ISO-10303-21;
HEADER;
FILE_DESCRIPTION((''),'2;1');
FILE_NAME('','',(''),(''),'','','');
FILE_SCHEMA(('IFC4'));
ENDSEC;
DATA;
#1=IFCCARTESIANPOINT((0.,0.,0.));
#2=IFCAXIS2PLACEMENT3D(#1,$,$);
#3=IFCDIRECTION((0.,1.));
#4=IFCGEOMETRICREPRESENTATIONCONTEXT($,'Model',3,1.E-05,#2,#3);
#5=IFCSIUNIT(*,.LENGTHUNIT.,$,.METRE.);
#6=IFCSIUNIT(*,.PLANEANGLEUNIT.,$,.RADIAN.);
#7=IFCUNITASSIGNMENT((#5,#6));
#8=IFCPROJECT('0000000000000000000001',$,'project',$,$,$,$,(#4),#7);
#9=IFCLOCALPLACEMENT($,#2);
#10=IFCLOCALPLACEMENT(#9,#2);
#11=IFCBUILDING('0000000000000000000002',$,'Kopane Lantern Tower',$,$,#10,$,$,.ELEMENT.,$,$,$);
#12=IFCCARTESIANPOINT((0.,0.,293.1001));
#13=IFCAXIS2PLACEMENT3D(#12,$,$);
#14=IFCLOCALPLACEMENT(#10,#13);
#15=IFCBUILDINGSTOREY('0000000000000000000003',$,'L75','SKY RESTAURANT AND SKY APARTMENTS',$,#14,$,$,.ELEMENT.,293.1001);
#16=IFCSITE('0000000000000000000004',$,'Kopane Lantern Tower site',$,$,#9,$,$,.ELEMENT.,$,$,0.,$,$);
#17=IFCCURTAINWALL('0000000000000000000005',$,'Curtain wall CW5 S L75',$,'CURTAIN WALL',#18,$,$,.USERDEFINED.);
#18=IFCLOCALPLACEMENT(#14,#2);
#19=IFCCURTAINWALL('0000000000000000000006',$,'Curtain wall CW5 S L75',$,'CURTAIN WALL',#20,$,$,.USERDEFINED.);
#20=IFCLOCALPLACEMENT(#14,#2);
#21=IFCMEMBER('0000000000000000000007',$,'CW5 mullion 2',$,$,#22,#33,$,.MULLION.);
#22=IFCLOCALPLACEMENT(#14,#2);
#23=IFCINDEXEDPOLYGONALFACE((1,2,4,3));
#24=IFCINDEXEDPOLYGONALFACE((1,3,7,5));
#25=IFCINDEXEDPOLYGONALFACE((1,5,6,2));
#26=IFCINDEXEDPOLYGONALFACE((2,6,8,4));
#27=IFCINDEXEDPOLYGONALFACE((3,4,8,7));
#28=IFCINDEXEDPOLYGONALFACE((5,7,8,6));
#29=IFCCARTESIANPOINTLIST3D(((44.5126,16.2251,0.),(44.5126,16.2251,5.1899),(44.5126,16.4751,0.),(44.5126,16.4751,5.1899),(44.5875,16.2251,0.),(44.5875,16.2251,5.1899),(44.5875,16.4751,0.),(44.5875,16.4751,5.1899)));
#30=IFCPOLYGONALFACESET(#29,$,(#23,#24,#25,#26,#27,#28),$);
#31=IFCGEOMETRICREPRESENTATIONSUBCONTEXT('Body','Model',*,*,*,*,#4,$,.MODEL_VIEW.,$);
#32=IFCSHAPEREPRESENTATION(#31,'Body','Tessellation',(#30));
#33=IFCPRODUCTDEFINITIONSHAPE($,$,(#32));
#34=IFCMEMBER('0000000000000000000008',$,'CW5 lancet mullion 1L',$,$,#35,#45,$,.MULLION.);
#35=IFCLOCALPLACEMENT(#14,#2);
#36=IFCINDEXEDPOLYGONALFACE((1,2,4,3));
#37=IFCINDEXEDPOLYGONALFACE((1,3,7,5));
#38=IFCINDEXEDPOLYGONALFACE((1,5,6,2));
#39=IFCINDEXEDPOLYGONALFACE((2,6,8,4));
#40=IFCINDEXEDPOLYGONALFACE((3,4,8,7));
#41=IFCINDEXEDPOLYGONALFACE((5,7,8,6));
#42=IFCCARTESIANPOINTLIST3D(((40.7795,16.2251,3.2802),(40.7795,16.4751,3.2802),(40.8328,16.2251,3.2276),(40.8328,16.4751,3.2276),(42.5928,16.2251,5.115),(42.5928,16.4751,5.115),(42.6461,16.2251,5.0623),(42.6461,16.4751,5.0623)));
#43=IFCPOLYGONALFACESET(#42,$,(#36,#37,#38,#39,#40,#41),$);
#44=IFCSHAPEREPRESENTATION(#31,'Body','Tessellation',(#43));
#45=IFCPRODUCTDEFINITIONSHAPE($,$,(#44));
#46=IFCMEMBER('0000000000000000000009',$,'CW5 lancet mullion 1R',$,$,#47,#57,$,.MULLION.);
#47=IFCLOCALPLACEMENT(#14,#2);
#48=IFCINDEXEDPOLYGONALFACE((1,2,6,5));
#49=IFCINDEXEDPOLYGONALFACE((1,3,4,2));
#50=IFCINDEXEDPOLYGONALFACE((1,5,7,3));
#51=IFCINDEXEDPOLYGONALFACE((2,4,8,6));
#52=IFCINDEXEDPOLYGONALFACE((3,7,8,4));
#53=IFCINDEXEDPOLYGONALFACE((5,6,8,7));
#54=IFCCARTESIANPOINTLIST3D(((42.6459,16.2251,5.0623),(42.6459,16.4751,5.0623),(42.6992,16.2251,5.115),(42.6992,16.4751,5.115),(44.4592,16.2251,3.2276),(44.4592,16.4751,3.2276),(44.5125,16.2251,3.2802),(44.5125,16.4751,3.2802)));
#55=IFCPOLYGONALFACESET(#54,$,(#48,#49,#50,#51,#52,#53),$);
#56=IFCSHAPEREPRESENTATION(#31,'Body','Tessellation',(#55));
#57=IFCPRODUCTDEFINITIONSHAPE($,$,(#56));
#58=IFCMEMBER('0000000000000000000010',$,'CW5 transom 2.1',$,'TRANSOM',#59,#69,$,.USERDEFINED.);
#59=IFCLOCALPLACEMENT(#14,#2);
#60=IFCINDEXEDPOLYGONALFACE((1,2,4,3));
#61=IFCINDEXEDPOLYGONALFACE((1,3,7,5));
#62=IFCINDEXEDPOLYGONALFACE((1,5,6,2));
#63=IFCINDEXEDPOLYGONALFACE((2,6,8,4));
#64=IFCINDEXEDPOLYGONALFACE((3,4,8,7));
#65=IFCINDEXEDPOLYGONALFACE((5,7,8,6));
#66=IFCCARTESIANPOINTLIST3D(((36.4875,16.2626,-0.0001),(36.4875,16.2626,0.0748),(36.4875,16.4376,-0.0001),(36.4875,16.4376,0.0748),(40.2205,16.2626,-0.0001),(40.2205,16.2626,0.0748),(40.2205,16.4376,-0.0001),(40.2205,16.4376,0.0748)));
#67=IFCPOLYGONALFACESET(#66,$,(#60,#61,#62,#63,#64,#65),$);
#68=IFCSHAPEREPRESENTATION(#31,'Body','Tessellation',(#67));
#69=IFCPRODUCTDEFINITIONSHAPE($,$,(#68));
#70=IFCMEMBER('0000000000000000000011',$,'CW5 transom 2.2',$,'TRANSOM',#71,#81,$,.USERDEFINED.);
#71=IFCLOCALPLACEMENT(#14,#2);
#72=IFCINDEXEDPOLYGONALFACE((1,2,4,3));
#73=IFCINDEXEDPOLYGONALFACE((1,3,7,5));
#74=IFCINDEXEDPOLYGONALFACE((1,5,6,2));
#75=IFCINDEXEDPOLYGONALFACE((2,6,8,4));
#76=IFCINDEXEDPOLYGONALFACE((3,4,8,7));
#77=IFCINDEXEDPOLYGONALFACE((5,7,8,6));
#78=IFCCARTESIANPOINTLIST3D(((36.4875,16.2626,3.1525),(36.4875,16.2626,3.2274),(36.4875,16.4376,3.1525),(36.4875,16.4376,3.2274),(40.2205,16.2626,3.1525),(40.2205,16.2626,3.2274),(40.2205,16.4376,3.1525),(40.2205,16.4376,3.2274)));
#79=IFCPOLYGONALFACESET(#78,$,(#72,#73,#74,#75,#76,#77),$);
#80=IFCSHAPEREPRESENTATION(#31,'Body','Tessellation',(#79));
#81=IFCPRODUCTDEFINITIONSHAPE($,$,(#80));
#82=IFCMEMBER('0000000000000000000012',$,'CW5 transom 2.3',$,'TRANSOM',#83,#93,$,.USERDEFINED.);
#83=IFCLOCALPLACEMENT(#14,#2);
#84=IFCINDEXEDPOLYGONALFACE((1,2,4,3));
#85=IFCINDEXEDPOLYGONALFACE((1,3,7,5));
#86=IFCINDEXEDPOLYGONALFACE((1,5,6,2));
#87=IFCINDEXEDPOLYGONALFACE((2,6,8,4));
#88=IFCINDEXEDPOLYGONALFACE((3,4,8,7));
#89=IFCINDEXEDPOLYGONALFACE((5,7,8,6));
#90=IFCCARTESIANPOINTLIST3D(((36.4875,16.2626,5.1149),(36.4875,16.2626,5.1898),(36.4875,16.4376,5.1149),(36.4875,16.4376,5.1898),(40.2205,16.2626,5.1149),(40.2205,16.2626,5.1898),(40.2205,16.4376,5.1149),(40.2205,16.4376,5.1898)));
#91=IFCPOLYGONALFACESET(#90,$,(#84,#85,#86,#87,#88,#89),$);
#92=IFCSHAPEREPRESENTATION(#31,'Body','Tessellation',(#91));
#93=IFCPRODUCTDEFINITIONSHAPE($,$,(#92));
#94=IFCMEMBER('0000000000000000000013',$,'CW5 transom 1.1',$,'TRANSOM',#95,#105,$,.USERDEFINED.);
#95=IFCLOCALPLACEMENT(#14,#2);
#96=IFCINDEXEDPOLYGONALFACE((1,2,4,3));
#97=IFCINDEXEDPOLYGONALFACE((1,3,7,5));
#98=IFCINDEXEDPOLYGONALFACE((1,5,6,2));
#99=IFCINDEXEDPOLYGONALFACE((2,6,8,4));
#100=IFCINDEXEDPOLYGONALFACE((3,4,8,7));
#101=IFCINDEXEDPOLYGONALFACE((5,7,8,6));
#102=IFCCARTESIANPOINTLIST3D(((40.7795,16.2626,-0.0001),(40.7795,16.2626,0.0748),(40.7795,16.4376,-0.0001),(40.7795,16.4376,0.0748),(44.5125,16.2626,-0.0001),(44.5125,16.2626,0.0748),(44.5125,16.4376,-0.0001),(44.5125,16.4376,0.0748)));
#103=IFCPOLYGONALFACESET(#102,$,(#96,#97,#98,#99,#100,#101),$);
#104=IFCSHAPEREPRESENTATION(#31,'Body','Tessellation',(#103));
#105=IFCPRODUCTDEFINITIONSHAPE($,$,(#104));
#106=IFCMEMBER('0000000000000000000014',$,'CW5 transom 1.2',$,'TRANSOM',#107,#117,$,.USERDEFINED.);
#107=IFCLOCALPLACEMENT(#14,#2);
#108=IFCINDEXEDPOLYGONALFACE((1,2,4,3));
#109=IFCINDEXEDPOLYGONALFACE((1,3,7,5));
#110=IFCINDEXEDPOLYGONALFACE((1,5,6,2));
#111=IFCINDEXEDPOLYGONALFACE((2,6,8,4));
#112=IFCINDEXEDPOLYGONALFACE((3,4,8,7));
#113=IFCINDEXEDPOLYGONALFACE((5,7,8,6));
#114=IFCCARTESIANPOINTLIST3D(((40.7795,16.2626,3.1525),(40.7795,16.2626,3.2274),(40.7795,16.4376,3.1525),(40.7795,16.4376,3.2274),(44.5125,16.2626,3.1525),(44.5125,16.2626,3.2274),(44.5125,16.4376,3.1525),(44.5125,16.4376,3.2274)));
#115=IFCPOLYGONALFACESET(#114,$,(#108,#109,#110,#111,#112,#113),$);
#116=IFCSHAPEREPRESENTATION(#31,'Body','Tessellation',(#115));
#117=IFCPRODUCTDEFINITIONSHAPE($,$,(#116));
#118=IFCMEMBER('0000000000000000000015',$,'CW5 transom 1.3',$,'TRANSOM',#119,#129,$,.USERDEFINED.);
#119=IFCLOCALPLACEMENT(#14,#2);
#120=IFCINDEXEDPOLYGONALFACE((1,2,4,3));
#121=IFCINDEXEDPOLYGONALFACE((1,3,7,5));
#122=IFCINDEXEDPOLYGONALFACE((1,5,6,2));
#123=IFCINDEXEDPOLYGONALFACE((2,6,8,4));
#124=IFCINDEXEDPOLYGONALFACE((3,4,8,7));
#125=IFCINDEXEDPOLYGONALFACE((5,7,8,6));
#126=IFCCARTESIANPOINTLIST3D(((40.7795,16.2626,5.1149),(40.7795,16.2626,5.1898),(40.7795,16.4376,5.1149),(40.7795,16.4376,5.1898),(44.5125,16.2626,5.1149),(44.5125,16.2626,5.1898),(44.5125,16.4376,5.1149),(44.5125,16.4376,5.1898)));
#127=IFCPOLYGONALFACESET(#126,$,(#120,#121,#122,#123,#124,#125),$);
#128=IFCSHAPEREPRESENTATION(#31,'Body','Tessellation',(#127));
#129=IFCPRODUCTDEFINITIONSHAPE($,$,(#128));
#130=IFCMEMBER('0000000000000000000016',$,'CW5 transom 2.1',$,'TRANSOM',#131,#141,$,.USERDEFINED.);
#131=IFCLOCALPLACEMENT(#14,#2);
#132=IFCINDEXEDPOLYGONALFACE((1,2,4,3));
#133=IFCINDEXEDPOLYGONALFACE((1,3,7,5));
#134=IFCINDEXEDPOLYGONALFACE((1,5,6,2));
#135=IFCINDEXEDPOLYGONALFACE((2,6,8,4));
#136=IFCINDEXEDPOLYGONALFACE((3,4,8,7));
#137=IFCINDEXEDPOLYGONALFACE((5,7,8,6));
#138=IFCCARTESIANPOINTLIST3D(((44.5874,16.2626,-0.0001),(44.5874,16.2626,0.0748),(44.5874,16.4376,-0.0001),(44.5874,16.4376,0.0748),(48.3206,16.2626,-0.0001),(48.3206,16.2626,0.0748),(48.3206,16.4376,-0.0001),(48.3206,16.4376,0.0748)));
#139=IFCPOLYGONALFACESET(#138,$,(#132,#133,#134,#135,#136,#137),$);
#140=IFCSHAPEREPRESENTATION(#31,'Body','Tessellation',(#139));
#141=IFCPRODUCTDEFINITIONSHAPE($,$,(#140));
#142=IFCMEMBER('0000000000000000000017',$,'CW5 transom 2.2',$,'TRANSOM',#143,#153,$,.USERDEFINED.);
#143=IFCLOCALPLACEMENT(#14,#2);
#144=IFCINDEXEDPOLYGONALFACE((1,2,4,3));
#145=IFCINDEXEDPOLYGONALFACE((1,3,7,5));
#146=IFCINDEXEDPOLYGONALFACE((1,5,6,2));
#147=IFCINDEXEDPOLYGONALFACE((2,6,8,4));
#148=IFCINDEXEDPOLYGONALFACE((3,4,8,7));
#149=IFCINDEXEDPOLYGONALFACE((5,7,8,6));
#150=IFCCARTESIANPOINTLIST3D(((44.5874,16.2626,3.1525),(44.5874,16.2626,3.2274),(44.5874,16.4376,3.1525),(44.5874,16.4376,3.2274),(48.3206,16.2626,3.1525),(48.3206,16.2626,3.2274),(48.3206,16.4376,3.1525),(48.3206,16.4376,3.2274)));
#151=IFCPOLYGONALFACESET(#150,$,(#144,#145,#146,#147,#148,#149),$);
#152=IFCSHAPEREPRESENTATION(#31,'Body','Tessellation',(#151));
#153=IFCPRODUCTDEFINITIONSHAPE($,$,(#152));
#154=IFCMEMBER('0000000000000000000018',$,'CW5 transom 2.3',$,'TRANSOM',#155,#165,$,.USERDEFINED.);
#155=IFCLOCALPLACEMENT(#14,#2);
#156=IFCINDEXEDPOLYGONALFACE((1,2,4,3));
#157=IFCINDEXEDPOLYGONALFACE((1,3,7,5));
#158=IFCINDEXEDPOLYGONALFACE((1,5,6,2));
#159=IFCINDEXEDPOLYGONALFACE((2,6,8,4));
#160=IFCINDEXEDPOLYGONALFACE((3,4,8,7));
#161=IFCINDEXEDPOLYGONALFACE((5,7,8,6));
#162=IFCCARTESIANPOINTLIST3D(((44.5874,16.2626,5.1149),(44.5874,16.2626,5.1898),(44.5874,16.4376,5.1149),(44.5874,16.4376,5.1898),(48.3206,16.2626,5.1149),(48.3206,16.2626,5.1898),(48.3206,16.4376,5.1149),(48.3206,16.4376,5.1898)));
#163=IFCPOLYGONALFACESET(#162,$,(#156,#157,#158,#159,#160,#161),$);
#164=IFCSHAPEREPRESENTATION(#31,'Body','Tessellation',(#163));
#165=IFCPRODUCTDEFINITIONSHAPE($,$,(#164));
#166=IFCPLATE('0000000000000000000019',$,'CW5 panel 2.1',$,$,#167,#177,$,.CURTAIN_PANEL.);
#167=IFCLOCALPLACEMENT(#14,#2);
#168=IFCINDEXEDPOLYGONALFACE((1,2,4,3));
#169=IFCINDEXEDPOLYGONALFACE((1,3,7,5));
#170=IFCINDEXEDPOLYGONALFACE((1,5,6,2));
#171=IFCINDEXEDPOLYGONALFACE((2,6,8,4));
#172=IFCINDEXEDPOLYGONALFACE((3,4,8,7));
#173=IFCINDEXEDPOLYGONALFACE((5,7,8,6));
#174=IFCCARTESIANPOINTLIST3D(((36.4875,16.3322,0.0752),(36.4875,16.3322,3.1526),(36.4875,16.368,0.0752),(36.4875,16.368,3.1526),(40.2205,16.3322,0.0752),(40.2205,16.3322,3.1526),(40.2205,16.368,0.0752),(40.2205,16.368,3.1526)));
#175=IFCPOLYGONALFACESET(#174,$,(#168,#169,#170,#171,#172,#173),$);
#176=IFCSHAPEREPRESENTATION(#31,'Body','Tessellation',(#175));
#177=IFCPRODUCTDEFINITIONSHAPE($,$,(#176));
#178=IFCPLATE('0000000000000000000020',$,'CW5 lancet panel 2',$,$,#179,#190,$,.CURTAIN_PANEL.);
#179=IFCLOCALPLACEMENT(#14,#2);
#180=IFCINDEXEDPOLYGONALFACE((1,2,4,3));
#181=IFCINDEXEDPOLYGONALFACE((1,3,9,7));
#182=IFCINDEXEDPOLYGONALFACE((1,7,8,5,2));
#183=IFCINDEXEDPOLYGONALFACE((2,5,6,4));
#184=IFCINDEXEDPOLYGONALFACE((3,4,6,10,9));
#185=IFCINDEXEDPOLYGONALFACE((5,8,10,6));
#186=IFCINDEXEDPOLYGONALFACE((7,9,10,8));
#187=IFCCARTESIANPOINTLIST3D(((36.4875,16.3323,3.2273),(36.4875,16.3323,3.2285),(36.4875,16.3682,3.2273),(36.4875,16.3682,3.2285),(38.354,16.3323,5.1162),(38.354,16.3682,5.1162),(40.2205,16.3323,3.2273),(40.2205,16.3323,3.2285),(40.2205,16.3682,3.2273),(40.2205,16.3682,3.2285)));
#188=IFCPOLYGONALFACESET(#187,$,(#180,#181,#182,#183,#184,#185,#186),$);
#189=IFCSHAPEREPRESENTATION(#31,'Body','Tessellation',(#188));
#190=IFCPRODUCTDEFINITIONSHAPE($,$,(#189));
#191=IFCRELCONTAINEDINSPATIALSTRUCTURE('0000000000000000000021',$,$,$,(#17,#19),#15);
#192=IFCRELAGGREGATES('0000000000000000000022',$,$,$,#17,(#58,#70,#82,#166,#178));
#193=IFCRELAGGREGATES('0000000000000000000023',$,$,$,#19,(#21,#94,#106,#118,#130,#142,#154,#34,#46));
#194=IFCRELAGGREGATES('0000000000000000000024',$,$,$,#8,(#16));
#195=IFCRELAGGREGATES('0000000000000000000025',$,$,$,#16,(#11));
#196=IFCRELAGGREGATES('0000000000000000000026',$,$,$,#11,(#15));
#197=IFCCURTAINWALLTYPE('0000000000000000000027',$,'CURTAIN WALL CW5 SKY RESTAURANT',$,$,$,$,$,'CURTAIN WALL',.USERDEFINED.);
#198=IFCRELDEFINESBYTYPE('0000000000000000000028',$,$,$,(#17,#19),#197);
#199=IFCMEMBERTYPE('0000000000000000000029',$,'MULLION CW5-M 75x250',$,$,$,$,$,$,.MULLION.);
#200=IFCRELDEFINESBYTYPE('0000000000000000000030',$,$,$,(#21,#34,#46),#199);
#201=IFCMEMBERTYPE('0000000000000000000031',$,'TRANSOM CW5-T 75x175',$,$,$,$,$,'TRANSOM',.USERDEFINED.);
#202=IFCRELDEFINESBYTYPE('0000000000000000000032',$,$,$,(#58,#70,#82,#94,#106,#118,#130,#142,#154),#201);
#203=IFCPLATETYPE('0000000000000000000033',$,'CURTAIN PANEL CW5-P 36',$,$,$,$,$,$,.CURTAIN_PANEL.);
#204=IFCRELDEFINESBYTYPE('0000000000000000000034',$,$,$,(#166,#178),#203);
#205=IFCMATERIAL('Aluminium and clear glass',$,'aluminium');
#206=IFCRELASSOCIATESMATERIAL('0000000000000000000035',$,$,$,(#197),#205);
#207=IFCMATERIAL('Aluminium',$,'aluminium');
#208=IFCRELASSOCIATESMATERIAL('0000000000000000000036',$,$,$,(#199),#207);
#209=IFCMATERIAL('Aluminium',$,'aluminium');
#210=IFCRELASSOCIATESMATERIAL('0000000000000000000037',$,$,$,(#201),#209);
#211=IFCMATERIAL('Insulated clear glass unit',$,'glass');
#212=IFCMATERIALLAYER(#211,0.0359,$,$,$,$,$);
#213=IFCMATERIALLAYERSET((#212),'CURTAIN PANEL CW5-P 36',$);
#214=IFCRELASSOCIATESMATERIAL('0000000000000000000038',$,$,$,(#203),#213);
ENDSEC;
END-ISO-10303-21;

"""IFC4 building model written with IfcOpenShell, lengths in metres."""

from ifc_helpers import new_model, si_unit, direction, frame, origin, origin_2d, place, context, subcontext, project, spatial, polyline, rectangle, outline, extrude, material, layer, layer_set, material_profile, profile_set, type_object, element, aggregate, save


model = new_model("IFC4")

# Units and contexts
model_context = context("Model", 3, precision=1e-05, world=origin(), true_north=direction((0.0, 1.0)))
body_context = subcontext(model_context, "Body", "Model", "MODEL_VIEW")
ifc_project = project(units=[si_unit("LENGTHUNIT", "METRE"), si_unit("PLANEANGLEUNIT", "RADIAN")], contexts=[model_context])

# Site, building, storey
site_placement = place(None, origin())
site = spatial("IfcSite", under=ifc_project, at=site_placement, Name="Kopane Lantern Tower site", CompositionType="ELEMENT", RefElevation=0.0)
building_placement = place(site_placement, origin())
building = spatial("IfcBuilding", under=site, at=building_placement, Name="Kopane Lantern Tower", CompositionType="ELEMENT")
storey_placement = place(building_placement, frame((0.0, 0.0, 293.1001)))
storey = spatial("IfcBuildingStorey", under=building, at=storey_placement, Name="L75", Description="SKY RESTAURANT AND SKY APARTMENTS", CompositionType="ELEMENT", Elevation=293.1001)

# Curtain walls, members
ifc_material_1 = material(Name="Aluminium and clear glass", Category="aluminium")
curtain_wall_type = type_object("IfcCurtainWallType", Name="CURTAIN WALL CW5 SKY RESTAURANT", ElementType="CURTAIN WALL", PredefinedType="USERDEFINED", material=ifc_material_1)
curtain_wall_1_placement = place(storey_placement, origin())
curtain_wall_1 = element("IfcCurtainWall", 1, at=curtain_wall_1_placement, inside=storey, type_object=curtain_wall_type, Name="Curtain wall CW5 S L75", ObjectType="CURTAIN WALL", PredefinedType="USERDEFINED")
ifc_material_2 = material(Name="Aluminium", Category="aluminium")
ifc_material_profile_1 = material_profile(ifc_material_2, rectangle(XDim=0.075, YDim=0.25, at=origin_2d()), Name="AL 75x250")
ifc_profile_set_1 = profile_set([ifc_material_profile_1], Name="Aluminium")
member_type_1 = type_object("IfcMemberType", Name="MULLION CW5-M 75x250", PredefinedType="MULLION", material=ifc_profile_set_1)
curtain_wall_2_placement = place(storey_placement, origin())
curtain_wall_2 = element("IfcCurtainWall", 2, at=curtain_wall_2_placement, inside=storey, type_object=curtain_wall_type, Name="Curtain wall CW5 S L75", ObjectType="CURTAIN WALL", PredefinedType="USERDEFINED")
member_1_placement = place(storey_placement, frame((44.55, 16.3501, 0.0), z_axis=(0.0, 0.0, 1.0), x_axis=(1.0, 0.0, 0.0)))
member_1 = element("IfcMember", 3, at=member_1_placement, type_object=member_type_1, Name="CW5 mullion 2", PredefinedType="MULLION", context=body_context, shape_type="SweptSolid", body=[
    extrude(rectangle(XDim=0.075, YDim=0.25, at=origin_2d()), origin(), (0.0, 0.0, 1.0), 5.1899),
])
member_2_placement = place(storey_placement, frame((40.8062, 16.3501, 3.2539), z_axis=(0.70293, 0.0, 0.711259), x_axis=(-0.711259, 0.0, 0.70293)))
member_2 = element("IfcMember", 4, at=member_2_placement, type_object=member_type_1, Name="CW5 lancet mullion 1L", PredefinedType="MULLION", context=body_context, shape_type="SweptSolid", body=[
    extrude(rectangle(XDim=0.075, YDim=0.25, at=origin_2d()), origin(), (0.0, 0.0, 1.0), 2.5796),
])
member_3_placement = place(storey_placement, frame((44.4858, 16.3501, 3.2539), z_axis=(-0.70293, 0.0, 0.711259), x_axis=(0.711259, 0.0, 0.70293)))
member_3 = element("IfcMember", 5, at=member_3_placement, type_object=member_type_1, Name="CW5 lancet mullion 1R", PredefinedType="MULLION", context=body_context, shape_type="SweptSolid", body=[
    extrude(rectangle(XDim=0.075, YDim=0.25, at=origin_2d()), origin(), (0.0, 0.0, 1.0), 2.5796),
])

# Members
ifc_material_3 = material(Name="Aluminium", Category="aluminium")
ifc_material_profile_2 = material_profile(ifc_material_3, rectangle(XDim=0.175, YDim=0.075, at=origin_2d()), Name="AL 175x75")
ifc_profile_set_2 = profile_set([ifc_material_profile_2], Name="Aluminium")
member_type_2 = type_object("IfcMemberType", Name="TRANSOM CW5-T 75x175", ElementType="TRANSOM", PredefinedType="USERDEFINED", material=ifc_profile_set_2)
member_4_placement = place(storey_placement, frame((36.4875, 16.3501, 0.0374), z_axis=(1.0, 0.0, 0.0), x_axis=(0.0, 1.0, 0.0)))
member_4 = element("IfcMember", 6, at=member_4_placement, type_object=member_type_2, Name="CW5 transom 2.1", ObjectType="TRANSOM", PredefinedType="USERDEFINED", context=body_context, shape_type="SweptSolid", body=[
    extrude(rectangle(XDim=0.175, YDim=0.075, at=origin_2d()), origin(), (0.0, 0.0, 1.0), 3.7329),
])
member_5_placement = place(storey_placement, frame((36.4875, 16.3501, 3.1899), z_axis=(1.0, 0.0, 0.0), x_axis=(0.0, 1.0, 0.0)))
member_5 = element("IfcMember", 7, at=member_5_placement, type_object=member_type_2, Name="CW5 transom 2.2", ObjectType="TRANSOM", PredefinedType="USERDEFINED", context=body_context, shape_type="SweptSolid", body=[
    extrude(rectangle(XDim=0.175, YDim=0.075, at=origin_2d()), origin(), (0.0, 0.0, 1.0), 3.7329),
])
member_6_placement = place(storey_placement, frame((36.4875, 16.3501, 5.1523), z_axis=(1.0, 0.0, 0.0), x_axis=(0.0, 1.0, 0.0)))
member_6 = element("IfcMember", 8, at=member_6_placement, type_object=member_type_2, Name="CW5 transom 2.3", ObjectType="TRANSOM", PredefinedType="USERDEFINED", context=body_context, shape_type="SweptSolid", body=[
    extrude(rectangle(XDim=0.175, YDim=0.075, at=origin_2d()), origin(), (0.0, 0.0, 1.0), 3.7329),
])
member_7_placement = place(storey_placement, frame((40.7795, 16.3501, 0.0374), z_axis=(1.0, 0.0, 0.0), x_axis=(0.0, 1.0, 0.0)))
member_7 = element("IfcMember", 9, at=member_7_placement, type_object=member_type_2, Name="CW5 transom 1.1", ObjectType="TRANSOM", PredefinedType="USERDEFINED", context=body_context, shape_type="SweptSolid", body=[
    extrude(rectangle(XDim=0.175, YDim=0.075, at=origin_2d()), origin(), (0.0, 0.0, 1.0), 3.7329),
])
member_8_placement = place(storey_placement, frame((40.7795, 16.3501, 3.1899), z_axis=(1.0, 0.0, 0.0), x_axis=(0.0, 1.0, 0.0)))
member_8 = element("IfcMember", 10, at=member_8_placement, type_object=member_type_2, Name="CW5 transom 1.2", ObjectType="TRANSOM", PredefinedType="USERDEFINED", context=body_context, shape_type="SweptSolid", body=[
    extrude(rectangle(XDim=0.175, YDim=0.075, at=origin_2d()), origin(), (0.0, 0.0, 1.0), 3.7329),
])
member_9_placement = place(storey_placement, frame((40.7795, 16.3501, 5.1523), z_axis=(1.0, 0.0, 0.0), x_axis=(0.0, 1.0, 0.0)))
member_9 = element("IfcMember", 11, at=member_9_placement, type_object=member_type_2, Name="CW5 transom 1.3", ObjectType="TRANSOM", PredefinedType="USERDEFINED", context=body_context, shape_type="SweptSolid", body=[
    extrude(rectangle(XDim=0.175, YDim=0.075, at=origin_2d()), origin(), (0.0, 0.0, 1.0), 3.7329),
])
member_10_placement = place(storey_placement, frame((44.5874, 16.3501, 0.0374), z_axis=(1.0, 0.0, 0.0), x_axis=(0.0, 1.0, 0.0)))
member_10 = element("IfcMember", 12, at=member_10_placement, type_object=member_type_2, Name="CW5 transom 2.1", ObjectType="TRANSOM", PredefinedType="USERDEFINED", context=body_context, shape_type="SweptSolid", body=[
    extrude(rectangle(XDim=0.175, YDim=0.075, at=origin_2d()), origin(), (0.0, 0.0, 1.0), 3.7332),
])
member_11_placement = place(storey_placement, frame((44.5874, 16.3501, 3.1899), z_axis=(1.0, 0.0, 0.0), x_axis=(0.0, 1.0, 0.0)))
member_11 = element("IfcMember", 13, at=member_11_placement, type_object=member_type_2, Name="CW5 transom 2.2", ObjectType="TRANSOM", PredefinedType="USERDEFINED", context=body_context, shape_type="SweptSolid", body=[
    extrude(rectangle(XDim=0.175, YDim=0.075, at=origin_2d()), origin(), (0.0, 0.0, 1.0), 3.7332),
])
member_12_placement = place(storey_placement, frame((44.5874, 16.3501, 5.1523), z_axis=(1.0, 0.0, 0.0), x_axis=(0.0, 1.0, 0.0)))
member_12 = element("IfcMember", 14, at=member_12_placement, type_object=member_type_2, Name="CW5 transom 2.3", ObjectType="TRANSOM", PredefinedType="USERDEFINED", context=body_context, shape_type="SweptSolid", body=[
    extrude(rectangle(XDim=0.175, YDim=0.075, at=origin_2d()), origin(), (0.0, 0.0, 1.0), 3.7332),
])

# Plates
ifc_material_4 = material(Name="Insulated clear glass unit", Category="glass")
ifc_layer = layer(ifc_material_4, 0.0359)
ifc_layer_set = layer_set([ifc_layer], Name="CURTAIN PANEL CW5-P 36")
plate_type = type_object("IfcPlateType", Name="CURTAIN PANEL CW5-P 36", PredefinedType="CURTAIN_PANEL", material=ifc_layer_set)
plate_1_placement = place(storey_placement, frame((38.354, 16.3501, 0.0752), z_axis=(0.0, 0.0, 1.0), x_axis=(1.0, 0.0, 0.0)))
plate_1 = element("IfcPlate", 15, at=plate_1_placement, type_object=plate_type, Name="CW5 panel 2.1", PredefinedType="CURTAIN_PANEL", context=body_context, shape_type="SweptSolid", body=[
    extrude(rectangle(XDim=3.7329, YDim=0.0359, at=origin_2d()), origin(), (0.0, 0.0, 1.0), 3.0774),
])
plate_2_placement = place(storey_placement, frame((36.4875, 16.3501, 3.2273), z_axis=(0.0, 0.0, 1.0), x_axis=(1.0, 0.0, 0.0)))
plate_2 = element("IfcPlate", 16, at=plate_2_placement, type_object=plate_type, Name="CW5 lancet panel 2", PredefinedType="CURTAIN_PANEL", context=body_context, shape_type="SweptSolid", body=[
    extrude(outline(polyline([(0.0, 0.0), (3.7329, 0.0), (3.7329, 0.0012), (1.8665, 1.8889), (0.0, 0.0012), (0.0, 0.0)])), frame((0.0, 0.0181, 0.0), z_axis=(0.0, -1.0, 0.0), x_axis=(1.0, 0.0, 0.0)), (0.0, 0.0, 1.0), 0.0359),
])
aggregate(curtain_wall_1, [member_4, member_5, member_6, plate_1, plate_2])
aggregate(curtain_wall_2, [member_1, member_7, member_8, member_9, member_10, member_11, member_12, member_2, member_3])

save(model, "model.ifc")
